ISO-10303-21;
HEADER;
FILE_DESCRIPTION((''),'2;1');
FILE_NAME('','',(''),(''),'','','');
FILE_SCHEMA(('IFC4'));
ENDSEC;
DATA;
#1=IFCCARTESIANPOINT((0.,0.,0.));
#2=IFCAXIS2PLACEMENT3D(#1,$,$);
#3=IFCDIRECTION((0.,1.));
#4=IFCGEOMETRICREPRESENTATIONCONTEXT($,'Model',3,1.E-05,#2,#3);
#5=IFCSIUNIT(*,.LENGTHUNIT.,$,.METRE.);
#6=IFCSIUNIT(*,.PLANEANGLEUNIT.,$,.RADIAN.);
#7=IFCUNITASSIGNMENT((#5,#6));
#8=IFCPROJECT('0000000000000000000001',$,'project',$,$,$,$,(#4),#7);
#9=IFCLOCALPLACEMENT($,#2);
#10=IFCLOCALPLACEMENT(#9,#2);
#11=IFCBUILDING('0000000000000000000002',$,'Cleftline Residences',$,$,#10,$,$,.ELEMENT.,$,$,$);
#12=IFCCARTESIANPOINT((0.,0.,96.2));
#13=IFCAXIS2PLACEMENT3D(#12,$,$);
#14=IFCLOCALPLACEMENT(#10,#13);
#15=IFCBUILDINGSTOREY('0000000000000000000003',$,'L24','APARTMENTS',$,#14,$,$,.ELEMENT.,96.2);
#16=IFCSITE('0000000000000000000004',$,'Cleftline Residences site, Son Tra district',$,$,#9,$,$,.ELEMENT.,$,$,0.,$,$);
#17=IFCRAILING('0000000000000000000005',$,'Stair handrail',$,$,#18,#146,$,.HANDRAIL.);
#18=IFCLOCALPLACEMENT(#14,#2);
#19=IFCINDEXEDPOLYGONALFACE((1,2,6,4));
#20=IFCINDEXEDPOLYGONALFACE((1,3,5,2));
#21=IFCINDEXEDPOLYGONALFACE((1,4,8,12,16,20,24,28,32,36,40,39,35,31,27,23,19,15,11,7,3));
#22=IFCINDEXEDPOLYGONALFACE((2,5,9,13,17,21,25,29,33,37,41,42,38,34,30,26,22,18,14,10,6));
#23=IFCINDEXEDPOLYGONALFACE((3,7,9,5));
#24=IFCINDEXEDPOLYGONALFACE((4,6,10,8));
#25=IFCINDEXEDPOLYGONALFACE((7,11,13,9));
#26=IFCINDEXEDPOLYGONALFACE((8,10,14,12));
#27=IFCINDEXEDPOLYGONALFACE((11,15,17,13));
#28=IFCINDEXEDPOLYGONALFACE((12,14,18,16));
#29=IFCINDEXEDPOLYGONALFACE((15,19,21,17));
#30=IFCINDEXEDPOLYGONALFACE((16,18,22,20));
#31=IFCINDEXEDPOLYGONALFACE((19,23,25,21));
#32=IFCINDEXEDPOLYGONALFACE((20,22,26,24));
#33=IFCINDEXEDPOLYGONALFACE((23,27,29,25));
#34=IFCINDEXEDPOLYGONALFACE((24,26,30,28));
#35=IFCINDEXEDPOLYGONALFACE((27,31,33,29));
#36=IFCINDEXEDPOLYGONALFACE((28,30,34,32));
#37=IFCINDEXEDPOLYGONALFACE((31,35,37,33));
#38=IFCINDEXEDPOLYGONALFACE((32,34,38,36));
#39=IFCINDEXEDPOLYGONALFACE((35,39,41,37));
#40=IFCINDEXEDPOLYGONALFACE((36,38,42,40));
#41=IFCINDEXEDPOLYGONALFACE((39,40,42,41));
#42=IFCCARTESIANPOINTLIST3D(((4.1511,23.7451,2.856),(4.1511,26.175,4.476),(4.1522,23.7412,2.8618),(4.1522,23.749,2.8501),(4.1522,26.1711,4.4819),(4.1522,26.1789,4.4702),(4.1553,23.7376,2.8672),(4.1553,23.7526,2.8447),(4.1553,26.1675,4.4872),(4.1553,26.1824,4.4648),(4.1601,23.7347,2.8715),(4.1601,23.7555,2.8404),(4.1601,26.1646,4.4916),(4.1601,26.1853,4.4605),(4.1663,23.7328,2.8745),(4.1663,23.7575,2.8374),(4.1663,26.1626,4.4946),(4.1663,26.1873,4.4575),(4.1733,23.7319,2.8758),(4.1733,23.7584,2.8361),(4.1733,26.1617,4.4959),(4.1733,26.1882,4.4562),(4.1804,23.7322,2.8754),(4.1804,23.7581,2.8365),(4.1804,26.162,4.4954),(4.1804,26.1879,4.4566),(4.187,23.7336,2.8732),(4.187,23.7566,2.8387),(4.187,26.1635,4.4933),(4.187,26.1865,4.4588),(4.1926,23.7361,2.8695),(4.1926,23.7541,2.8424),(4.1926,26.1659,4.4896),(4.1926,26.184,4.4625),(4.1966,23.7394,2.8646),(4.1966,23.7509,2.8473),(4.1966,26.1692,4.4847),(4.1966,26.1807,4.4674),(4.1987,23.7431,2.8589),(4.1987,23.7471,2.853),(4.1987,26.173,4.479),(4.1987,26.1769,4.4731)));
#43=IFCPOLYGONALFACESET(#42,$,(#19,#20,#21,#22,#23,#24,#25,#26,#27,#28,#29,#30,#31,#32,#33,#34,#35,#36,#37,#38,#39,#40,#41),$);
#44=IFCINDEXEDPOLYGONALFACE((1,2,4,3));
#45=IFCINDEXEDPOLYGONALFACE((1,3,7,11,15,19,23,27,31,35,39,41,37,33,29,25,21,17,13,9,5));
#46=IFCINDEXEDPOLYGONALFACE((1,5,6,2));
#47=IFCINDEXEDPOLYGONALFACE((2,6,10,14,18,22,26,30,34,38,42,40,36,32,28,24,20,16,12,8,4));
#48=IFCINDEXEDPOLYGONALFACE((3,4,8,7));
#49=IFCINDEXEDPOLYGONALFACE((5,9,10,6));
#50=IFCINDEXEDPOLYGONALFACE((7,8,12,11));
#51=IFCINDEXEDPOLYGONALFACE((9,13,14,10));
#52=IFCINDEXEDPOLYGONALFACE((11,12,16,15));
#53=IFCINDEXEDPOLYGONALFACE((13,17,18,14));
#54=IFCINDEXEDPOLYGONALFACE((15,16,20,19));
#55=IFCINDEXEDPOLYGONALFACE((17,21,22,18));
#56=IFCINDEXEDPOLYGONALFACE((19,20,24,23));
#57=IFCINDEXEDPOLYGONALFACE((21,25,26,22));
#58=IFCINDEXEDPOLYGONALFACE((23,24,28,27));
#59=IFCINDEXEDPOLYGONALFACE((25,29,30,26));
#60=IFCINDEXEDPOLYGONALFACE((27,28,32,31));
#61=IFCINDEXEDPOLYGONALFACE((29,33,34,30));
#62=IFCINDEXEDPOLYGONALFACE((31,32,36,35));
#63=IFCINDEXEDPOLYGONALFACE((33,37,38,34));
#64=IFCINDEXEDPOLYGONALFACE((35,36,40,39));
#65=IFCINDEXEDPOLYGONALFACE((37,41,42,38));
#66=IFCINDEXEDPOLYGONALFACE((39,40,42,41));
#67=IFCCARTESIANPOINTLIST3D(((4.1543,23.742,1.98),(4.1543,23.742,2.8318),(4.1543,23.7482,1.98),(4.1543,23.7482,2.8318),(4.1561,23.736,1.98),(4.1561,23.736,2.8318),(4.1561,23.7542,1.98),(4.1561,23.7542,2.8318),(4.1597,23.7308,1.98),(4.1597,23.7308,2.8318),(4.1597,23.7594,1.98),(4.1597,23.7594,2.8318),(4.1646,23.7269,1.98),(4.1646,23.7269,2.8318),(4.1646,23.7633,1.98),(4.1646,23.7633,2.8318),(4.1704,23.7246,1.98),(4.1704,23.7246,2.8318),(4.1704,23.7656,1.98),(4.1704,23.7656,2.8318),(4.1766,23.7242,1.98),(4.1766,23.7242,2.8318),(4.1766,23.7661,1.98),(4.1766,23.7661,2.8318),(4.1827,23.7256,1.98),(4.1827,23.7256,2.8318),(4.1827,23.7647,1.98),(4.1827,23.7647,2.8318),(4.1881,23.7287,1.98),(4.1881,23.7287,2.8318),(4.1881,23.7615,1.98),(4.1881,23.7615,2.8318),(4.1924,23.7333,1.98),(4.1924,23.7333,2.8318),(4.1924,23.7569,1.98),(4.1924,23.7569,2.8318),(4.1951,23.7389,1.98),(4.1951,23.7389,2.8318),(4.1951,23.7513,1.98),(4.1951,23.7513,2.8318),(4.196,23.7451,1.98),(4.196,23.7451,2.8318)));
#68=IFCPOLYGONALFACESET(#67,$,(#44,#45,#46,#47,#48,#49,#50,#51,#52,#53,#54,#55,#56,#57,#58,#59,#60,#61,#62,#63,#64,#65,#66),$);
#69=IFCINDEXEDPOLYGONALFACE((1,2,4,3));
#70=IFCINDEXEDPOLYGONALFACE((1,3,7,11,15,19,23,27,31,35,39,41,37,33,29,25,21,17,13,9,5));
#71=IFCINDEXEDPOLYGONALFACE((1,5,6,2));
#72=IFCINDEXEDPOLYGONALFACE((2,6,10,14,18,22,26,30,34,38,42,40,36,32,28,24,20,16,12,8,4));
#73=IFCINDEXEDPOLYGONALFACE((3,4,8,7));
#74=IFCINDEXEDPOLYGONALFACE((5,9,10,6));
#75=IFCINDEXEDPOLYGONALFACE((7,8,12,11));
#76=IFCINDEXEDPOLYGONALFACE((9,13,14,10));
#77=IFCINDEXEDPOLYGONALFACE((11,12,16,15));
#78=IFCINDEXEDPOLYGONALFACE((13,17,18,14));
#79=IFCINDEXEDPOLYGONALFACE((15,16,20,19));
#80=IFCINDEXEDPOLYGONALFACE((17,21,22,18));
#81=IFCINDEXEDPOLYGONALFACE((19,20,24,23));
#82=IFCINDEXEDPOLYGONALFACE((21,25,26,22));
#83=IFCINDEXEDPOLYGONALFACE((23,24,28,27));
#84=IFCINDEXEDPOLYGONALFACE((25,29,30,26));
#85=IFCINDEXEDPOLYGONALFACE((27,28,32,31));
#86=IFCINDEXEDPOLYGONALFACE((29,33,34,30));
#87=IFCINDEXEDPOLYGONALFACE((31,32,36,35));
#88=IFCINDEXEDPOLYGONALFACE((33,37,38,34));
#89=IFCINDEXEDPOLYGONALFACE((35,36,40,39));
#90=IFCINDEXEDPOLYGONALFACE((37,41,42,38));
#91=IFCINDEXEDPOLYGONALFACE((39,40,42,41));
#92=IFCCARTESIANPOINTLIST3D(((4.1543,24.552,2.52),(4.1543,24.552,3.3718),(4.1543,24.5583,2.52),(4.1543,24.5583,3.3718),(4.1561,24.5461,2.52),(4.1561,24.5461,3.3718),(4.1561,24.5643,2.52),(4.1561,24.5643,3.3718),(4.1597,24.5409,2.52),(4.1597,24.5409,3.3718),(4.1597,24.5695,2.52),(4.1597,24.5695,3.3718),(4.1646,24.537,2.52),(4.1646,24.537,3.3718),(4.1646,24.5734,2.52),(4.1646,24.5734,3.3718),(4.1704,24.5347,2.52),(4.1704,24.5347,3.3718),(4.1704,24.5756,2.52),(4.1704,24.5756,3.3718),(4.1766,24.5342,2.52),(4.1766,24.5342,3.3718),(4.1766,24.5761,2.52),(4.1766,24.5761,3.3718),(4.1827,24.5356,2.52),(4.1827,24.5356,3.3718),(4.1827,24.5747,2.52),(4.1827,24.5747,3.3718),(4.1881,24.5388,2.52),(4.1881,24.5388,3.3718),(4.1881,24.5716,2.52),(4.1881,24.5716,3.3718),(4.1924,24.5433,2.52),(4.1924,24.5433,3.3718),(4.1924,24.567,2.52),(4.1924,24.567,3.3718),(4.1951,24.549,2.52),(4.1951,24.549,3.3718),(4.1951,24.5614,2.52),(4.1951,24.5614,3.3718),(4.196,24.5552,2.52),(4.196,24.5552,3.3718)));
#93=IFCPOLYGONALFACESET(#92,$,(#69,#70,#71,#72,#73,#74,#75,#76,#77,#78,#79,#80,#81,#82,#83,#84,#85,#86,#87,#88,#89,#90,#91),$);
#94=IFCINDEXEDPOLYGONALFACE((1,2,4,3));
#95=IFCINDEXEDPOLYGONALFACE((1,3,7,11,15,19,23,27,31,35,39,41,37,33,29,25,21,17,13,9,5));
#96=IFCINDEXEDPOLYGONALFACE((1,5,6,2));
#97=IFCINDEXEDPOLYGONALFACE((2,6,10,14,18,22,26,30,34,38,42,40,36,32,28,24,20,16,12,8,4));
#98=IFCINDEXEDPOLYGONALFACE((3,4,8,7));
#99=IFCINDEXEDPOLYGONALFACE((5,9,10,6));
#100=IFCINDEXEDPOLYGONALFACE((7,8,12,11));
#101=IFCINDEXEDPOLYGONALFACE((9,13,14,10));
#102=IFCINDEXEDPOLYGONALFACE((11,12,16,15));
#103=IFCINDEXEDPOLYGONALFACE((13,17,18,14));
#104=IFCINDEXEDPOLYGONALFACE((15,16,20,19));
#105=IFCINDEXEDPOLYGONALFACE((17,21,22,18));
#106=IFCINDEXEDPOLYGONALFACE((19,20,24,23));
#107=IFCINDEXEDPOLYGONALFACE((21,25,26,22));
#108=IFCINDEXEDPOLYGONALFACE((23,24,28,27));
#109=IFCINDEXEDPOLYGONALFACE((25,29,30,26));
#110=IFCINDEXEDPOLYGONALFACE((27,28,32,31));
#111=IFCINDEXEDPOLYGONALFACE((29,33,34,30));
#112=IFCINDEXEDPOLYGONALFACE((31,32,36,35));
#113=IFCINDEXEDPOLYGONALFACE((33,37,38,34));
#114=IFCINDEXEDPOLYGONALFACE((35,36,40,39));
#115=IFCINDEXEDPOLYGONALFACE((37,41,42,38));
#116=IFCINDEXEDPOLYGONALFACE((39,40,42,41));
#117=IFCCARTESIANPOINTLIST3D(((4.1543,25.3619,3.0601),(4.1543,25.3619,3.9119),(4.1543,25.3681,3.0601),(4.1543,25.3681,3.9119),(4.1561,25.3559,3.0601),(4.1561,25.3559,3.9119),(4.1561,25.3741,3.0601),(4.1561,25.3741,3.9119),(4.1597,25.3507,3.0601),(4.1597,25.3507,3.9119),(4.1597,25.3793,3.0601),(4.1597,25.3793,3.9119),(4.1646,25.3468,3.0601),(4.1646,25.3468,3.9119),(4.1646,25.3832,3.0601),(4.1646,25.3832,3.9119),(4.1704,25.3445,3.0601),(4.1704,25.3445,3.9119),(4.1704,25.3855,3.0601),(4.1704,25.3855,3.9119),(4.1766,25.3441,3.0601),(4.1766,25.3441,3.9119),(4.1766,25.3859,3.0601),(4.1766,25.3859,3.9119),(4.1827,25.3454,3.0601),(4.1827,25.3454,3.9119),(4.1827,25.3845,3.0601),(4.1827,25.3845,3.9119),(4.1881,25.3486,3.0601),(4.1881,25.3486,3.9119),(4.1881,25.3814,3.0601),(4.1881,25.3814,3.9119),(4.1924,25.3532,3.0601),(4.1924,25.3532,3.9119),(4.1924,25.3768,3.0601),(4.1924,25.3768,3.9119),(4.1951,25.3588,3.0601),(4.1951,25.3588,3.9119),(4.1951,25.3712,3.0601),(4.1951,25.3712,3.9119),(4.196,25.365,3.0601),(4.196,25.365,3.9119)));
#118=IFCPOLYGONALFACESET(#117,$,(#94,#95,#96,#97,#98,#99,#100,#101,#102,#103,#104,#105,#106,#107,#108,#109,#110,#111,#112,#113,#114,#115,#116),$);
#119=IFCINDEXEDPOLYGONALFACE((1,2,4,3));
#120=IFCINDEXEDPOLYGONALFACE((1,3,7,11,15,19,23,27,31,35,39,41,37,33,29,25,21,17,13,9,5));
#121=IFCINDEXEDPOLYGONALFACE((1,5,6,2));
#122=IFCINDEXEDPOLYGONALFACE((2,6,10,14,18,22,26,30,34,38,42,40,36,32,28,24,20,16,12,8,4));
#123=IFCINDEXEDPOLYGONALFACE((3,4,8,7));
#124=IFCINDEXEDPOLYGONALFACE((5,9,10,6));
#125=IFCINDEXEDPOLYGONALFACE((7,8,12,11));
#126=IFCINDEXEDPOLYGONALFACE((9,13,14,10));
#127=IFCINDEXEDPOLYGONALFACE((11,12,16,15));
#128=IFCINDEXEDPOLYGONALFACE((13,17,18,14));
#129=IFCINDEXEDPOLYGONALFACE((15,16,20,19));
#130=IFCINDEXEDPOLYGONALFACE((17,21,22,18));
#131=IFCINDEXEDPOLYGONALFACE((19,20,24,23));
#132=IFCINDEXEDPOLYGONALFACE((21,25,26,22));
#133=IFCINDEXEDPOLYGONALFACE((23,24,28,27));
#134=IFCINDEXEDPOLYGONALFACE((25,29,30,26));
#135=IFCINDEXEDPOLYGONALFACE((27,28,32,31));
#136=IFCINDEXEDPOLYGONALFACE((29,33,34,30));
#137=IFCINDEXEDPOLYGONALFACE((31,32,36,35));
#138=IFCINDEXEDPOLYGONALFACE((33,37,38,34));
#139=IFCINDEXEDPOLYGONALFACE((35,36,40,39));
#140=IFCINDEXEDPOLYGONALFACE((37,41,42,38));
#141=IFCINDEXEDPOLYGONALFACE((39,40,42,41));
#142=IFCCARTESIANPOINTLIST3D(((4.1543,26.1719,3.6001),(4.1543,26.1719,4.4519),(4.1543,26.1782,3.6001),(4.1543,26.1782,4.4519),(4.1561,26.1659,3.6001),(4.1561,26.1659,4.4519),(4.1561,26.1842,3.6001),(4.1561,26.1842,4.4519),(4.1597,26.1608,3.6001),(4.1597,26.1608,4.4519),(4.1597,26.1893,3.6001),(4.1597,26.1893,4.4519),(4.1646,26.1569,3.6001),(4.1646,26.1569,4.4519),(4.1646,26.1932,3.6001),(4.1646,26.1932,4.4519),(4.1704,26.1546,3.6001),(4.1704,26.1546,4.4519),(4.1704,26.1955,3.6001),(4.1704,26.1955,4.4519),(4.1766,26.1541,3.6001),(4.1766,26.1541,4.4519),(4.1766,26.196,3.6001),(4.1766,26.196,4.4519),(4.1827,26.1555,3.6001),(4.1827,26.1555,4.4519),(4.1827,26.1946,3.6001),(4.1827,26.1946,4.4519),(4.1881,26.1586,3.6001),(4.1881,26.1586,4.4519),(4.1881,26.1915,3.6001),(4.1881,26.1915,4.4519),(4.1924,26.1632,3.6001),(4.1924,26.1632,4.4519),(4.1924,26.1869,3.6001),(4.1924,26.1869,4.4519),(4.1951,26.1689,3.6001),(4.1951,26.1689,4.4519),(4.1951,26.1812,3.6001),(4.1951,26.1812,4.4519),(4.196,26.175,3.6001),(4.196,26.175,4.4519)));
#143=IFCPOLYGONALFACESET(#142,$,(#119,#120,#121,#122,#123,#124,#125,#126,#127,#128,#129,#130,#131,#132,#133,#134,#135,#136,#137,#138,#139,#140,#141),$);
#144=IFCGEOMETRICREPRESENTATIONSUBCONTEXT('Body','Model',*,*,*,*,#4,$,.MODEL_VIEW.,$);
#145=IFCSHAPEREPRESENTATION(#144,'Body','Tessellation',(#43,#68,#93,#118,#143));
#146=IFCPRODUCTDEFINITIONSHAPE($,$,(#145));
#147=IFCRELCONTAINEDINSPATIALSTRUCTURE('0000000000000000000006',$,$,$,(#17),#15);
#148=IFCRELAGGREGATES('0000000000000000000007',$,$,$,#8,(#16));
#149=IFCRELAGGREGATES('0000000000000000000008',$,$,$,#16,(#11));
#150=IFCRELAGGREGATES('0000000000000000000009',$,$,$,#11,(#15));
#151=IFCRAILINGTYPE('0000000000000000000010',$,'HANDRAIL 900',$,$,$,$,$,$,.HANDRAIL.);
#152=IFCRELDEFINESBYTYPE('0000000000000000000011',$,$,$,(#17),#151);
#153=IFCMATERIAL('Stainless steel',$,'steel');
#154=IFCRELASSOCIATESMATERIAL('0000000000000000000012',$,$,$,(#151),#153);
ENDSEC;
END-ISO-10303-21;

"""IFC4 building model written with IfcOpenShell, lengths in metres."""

from ifc_helpers import new_model, si_unit, direction, frame, origin, origin_2d, place, context, subcontext, project, spatial, circle, extrude, material, type_object, element, save


model = new_model("IFC4")

# Units and contexts
model_context = context("Model", 3, precision=1e-05, world=origin(), true_north=direction((0.0, 1.0)))
body_context = subcontext(model_context, "Body", "Model", "MODEL_VIEW")
ifc_project = project(units=[si_unit("LENGTHUNIT", "METRE"), si_unit("PLANEANGLEUNIT", "RADIAN")], contexts=[model_context])

# Site, building, storey
site_placement = place(None, origin())
site = spatial("IfcSite", under=ifc_project, at=site_placement, Name="Cleftline Residences site, Son Tra district", CompositionType="ELEMENT", RefElevation=0.0)
building_placement = place(site_placement, origin())
building = spatial("IfcBuilding", under=site, at=building_placement, Name="Cleftline Residences", CompositionType="ELEMENT")
storey_placement = place(building_placement, frame((0.0, 0.0, 96.2)))
storey = spatial("IfcBuildingStorey", under=building, at=storey_placement, Name="L24", Description="APARTMENTS", CompositionType="ELEMENT", Elevation=96.2)

# Railing
ifc_material_1 = material(Name="Stainless steel", Category="steel")
railing_type = type_object("IfcRailingType", Name="HANDRAIL 900", PredefinedType="HANDRAIL", material=ifc_material_1)
railing_1_placement = place(storey_placement, frame((4.175, 23.7451, 1.98)))
element("IfcRailing", 1, at=railing_1_placement, inside=storey, type_object=railing_type, Name="Stair handrail", PredefinedType="HANDRAIL", context=body_context, shape_type="SweptSolid", body=[
    extrude(circle(Radius=0.0239, at=origin_2d()), frame((0.0, 0.0, 0.876), z_axis=(0.0, 0.832025, 0.554739), x_axis=(-1.0, 0.0, 0.0)), (0.0, 0.0, 1.0), 2.9204),
    extrude(circle(Radius=0.021, at=origin_2d()), origin(), (0.0, 0.0, 1.0), 0.8518),
    extrude(circle(Radius=0.021, at=origin_2d()), frame((0.0, 0.8101, 0.54)), (0.0, 0.0, 1.0), 0.8518),
    extrude(circle(Radius=0.021, at=origin_2d()), frame((0.0, 1.6199, 1.0801)), (0.0, 0.0, 1.0), 0.8518),
    extrude(circle(Radius=0.021, at=origin_2d()), frame((0.0, 2.4299, 1.6201)), (0.0, 0.0, 1.0), 0.8518),
])

save(model, "model.ifc")
